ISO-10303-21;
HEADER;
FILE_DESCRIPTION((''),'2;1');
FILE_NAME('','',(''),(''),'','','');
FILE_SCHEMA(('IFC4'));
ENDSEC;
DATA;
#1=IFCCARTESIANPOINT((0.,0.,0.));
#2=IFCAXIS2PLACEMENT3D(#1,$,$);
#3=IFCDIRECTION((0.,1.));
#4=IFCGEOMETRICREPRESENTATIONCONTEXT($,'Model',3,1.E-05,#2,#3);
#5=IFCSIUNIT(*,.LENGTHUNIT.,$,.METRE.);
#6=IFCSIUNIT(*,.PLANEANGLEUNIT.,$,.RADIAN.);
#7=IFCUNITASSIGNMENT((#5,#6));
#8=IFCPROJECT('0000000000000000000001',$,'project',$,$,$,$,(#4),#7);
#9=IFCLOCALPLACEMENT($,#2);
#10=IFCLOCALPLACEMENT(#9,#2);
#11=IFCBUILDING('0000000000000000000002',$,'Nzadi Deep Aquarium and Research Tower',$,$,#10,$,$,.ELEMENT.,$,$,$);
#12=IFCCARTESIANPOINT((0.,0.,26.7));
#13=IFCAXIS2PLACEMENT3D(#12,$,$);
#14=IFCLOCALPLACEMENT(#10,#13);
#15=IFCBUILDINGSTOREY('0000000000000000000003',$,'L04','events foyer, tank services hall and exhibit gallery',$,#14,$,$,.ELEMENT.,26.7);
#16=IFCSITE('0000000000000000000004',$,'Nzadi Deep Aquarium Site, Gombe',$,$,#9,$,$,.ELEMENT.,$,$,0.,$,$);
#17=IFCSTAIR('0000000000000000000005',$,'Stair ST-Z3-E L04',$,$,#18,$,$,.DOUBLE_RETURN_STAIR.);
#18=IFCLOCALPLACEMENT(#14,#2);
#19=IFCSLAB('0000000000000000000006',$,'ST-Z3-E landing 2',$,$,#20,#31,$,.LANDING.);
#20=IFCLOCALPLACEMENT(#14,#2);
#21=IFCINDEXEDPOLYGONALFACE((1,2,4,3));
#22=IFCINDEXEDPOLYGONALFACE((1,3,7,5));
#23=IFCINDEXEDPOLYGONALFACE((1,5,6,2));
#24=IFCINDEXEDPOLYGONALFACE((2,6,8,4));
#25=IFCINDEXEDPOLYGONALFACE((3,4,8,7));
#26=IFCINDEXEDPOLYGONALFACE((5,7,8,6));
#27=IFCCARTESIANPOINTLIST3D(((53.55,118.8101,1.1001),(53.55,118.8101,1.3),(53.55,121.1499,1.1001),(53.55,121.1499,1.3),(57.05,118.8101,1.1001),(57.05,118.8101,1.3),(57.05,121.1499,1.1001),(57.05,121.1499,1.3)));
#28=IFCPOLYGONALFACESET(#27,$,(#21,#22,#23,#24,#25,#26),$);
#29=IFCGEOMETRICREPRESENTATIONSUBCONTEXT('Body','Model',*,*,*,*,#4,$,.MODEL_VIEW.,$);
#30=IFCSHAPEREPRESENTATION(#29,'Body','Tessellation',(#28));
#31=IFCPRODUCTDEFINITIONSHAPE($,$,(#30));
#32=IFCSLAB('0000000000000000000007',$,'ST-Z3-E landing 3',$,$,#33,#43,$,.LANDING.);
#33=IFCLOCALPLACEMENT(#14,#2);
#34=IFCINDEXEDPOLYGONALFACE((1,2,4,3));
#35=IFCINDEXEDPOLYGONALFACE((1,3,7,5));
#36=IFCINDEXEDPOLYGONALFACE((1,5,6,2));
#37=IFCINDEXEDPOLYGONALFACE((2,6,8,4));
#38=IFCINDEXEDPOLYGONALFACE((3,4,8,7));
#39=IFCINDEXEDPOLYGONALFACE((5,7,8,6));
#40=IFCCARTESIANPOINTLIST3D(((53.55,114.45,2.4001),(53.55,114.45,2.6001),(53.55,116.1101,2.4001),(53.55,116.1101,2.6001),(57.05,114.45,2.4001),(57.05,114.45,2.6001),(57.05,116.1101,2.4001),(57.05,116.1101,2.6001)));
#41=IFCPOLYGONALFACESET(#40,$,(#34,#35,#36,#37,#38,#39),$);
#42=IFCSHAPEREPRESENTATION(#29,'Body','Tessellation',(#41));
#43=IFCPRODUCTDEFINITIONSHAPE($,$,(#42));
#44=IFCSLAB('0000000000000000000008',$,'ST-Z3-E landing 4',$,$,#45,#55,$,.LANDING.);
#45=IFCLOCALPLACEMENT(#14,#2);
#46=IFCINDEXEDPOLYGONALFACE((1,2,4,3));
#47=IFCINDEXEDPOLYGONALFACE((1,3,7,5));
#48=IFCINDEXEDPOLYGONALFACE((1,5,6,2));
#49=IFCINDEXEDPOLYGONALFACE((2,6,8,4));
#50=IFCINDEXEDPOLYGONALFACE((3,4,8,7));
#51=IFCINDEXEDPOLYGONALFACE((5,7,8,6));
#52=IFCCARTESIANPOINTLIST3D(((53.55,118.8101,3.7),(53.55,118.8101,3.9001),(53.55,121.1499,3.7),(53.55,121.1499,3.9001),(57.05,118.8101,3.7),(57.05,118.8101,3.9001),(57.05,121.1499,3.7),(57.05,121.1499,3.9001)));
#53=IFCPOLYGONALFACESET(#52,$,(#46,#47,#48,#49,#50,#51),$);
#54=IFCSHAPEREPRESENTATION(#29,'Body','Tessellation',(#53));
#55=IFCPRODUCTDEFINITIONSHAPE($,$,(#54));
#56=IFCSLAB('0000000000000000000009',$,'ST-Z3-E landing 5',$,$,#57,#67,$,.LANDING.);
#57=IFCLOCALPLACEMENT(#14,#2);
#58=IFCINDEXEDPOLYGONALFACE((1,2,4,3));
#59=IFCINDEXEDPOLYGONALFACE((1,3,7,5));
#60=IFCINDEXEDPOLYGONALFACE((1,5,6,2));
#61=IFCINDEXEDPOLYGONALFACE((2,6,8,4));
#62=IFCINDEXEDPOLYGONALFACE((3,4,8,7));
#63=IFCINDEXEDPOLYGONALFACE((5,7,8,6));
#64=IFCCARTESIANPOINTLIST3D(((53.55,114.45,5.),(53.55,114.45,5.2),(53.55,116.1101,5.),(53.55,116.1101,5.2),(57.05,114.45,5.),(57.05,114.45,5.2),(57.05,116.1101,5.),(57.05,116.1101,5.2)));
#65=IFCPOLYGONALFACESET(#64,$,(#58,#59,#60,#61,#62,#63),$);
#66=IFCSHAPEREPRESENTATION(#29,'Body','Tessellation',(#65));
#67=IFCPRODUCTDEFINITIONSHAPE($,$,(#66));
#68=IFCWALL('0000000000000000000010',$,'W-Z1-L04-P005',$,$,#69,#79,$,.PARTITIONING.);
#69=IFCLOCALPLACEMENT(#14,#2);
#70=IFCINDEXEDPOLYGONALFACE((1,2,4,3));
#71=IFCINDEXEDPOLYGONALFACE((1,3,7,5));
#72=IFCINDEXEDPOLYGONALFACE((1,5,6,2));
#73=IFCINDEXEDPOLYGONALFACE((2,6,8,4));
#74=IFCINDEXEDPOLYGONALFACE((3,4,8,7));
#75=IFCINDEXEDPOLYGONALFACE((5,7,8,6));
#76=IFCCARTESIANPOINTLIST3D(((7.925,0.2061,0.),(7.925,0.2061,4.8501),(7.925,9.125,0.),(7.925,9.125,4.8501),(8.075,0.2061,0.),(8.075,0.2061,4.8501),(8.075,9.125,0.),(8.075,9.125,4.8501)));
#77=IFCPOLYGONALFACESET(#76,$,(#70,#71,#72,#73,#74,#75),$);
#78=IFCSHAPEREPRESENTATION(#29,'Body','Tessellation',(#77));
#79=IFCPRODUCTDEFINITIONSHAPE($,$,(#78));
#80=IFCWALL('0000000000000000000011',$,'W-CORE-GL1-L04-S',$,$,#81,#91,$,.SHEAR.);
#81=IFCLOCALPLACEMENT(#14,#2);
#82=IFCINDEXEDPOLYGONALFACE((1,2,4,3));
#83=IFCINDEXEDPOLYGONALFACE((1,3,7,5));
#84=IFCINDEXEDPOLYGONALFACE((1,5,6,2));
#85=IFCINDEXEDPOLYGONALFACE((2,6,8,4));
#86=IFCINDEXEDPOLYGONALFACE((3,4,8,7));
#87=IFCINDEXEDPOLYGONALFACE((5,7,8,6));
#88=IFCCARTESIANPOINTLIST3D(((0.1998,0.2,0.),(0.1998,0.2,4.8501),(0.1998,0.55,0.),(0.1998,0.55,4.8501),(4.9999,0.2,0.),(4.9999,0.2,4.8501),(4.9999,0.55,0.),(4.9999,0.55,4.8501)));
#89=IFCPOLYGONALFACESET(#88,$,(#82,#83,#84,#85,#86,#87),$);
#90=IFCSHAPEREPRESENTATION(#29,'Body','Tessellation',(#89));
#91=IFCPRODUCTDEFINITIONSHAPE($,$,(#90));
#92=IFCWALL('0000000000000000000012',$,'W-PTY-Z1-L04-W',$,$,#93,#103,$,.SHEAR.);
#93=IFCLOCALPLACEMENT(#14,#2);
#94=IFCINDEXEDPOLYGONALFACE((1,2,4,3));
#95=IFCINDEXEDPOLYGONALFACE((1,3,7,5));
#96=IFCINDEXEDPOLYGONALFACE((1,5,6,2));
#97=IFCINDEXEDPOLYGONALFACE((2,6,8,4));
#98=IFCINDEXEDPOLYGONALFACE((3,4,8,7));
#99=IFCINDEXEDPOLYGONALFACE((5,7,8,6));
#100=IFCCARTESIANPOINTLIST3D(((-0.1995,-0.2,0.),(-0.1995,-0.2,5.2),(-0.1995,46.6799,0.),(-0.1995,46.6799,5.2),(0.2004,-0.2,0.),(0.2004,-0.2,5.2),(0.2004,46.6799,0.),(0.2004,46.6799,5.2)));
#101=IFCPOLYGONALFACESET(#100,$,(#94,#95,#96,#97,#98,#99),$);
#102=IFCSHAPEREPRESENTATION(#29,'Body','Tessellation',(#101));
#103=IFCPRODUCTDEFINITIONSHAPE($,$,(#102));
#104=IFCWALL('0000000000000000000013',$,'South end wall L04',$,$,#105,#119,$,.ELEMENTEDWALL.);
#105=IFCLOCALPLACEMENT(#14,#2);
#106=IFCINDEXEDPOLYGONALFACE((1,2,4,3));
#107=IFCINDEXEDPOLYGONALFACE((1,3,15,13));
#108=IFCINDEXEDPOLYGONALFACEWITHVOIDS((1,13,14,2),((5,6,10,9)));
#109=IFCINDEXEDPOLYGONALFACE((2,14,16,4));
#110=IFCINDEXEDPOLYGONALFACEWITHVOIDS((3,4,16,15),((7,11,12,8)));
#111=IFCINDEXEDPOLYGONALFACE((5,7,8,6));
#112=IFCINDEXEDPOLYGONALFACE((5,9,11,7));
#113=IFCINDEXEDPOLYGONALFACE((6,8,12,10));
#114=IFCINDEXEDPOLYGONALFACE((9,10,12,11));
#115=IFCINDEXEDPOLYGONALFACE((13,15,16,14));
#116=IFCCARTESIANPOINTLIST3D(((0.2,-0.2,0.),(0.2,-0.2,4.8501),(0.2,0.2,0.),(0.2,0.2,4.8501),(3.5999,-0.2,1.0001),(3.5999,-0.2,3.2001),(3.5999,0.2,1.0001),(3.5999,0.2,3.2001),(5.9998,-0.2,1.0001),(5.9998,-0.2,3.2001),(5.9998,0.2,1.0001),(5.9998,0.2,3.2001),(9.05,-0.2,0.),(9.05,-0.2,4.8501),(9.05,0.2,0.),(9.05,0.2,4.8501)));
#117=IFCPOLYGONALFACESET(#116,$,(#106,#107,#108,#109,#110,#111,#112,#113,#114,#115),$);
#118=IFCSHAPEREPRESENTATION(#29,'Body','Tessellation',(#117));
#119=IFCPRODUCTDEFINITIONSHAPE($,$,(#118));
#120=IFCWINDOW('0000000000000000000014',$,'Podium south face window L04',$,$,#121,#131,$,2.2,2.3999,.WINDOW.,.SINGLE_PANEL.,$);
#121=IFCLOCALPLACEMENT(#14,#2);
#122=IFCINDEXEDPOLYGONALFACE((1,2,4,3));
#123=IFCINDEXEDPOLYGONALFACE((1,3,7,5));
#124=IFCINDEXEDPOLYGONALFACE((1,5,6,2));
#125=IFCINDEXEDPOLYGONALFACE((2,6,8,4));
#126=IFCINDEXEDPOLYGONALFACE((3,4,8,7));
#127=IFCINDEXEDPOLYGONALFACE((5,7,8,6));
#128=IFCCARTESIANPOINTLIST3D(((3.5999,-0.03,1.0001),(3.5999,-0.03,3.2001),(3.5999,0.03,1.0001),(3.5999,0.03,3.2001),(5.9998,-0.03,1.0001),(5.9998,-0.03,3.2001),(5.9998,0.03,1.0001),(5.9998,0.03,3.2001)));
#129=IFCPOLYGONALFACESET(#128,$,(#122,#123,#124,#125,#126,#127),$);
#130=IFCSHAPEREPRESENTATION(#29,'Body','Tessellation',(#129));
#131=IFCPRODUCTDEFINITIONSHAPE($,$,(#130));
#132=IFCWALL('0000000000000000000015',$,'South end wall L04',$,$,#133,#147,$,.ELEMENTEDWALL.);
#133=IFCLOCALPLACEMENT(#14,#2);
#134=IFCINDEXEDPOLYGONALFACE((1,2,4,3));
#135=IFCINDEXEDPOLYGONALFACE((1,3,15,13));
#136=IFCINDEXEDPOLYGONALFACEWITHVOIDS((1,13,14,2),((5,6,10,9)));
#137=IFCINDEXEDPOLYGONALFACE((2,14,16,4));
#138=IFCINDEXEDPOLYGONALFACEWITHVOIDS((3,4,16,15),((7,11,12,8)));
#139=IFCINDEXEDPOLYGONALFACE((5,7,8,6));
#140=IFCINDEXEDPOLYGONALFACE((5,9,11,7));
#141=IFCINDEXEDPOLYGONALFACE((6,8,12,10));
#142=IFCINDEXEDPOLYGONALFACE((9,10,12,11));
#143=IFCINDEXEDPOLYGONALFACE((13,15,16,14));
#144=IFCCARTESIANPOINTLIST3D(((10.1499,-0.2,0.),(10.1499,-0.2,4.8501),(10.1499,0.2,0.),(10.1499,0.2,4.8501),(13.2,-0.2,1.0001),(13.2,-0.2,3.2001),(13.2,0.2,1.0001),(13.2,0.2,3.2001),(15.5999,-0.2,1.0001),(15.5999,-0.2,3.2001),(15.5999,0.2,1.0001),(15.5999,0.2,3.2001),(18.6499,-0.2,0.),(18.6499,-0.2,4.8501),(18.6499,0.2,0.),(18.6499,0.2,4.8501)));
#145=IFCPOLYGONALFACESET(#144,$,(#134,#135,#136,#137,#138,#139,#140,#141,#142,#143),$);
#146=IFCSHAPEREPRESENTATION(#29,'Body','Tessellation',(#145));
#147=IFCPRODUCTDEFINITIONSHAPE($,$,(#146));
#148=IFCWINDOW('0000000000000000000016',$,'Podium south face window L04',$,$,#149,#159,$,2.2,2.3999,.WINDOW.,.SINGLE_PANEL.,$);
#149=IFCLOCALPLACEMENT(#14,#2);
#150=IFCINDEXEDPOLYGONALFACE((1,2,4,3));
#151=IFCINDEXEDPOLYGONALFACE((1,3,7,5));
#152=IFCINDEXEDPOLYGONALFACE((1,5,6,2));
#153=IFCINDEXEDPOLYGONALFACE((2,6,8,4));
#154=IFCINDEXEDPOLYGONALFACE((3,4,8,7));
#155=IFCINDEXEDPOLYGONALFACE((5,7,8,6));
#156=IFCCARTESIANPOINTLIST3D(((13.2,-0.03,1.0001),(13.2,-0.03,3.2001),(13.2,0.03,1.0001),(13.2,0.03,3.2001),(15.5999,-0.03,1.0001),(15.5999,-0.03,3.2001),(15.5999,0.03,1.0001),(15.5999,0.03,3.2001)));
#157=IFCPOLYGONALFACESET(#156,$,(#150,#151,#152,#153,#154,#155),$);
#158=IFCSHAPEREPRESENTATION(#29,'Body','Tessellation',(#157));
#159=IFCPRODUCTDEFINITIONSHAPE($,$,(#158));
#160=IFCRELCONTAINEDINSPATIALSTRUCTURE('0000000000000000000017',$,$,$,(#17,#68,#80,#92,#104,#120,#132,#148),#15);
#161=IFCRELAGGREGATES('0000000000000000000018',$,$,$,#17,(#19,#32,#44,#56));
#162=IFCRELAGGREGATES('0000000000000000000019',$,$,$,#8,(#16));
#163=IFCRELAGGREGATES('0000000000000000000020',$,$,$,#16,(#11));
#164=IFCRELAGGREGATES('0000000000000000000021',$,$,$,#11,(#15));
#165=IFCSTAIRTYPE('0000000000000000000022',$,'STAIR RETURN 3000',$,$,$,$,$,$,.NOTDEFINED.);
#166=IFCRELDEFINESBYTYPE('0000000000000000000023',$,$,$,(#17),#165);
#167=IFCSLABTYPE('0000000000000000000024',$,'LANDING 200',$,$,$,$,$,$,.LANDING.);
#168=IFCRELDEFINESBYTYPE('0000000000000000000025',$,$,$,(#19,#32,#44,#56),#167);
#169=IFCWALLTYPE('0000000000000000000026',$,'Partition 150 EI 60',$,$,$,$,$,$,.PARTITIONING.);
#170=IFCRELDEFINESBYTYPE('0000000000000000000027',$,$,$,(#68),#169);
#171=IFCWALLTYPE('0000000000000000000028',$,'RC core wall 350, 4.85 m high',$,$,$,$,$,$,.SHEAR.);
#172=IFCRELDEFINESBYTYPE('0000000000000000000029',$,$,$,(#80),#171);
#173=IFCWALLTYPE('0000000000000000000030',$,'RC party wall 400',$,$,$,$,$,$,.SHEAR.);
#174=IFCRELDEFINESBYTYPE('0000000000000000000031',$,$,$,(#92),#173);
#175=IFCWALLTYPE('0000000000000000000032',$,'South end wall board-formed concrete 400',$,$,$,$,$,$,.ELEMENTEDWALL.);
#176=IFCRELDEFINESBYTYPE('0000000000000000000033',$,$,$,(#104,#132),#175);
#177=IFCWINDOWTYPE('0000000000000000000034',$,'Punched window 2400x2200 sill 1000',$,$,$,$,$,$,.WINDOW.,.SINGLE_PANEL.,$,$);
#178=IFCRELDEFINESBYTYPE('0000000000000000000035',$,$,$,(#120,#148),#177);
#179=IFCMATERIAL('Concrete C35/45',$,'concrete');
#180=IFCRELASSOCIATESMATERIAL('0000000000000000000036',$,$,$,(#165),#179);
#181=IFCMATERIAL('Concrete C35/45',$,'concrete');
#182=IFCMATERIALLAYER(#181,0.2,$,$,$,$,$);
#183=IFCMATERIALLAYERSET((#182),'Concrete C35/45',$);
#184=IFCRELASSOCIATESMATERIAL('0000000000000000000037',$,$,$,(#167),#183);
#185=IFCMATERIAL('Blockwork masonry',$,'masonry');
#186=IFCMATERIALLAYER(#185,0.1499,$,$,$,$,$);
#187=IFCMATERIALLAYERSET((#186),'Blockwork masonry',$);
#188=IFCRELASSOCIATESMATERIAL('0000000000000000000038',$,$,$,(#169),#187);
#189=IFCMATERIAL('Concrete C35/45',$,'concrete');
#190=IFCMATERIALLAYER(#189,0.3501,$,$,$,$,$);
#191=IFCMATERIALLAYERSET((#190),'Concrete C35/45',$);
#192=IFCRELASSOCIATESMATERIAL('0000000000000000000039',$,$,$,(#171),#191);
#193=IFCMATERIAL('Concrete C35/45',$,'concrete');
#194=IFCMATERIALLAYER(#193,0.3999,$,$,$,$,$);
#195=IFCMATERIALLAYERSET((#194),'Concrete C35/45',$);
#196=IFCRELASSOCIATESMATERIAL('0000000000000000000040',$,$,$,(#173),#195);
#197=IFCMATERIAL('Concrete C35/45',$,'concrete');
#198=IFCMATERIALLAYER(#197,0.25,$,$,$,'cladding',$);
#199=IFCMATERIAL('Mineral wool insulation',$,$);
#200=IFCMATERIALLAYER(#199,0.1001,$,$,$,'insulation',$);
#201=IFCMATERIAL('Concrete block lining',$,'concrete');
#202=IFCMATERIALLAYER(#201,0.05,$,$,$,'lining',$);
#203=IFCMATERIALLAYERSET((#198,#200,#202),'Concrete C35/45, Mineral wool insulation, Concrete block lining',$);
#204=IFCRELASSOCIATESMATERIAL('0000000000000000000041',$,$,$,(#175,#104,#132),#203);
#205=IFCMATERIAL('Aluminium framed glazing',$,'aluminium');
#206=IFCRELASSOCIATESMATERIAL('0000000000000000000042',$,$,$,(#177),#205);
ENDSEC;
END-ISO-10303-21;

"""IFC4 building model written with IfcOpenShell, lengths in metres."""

from ifc_helpers import new_model, si_unit, direction, frame, frame_2d, origin, place, context, subcontext, project, spatial, polyline, rectangle, outline, extrude, material, layer, layer_set, layer_usage, type_object, element, fill, aggregate, save


model = new_model("IFC4")

# Units and contexts
model_context = context("Model", 3, precision=1e-05, world=origin(), true_north=direction((0.0, 1.0)))
body_context = subcontext(model_context, "Body", "Model", "MODEL_VIEW")
ifc_project = project(units=[si_unit("LENGTHUNIT", "METRE"), si_unit("PLANEANGLEUNIT", "RADIAN")], contexts=[model_context])

# Site, building, storey
site_placement = place(None, origin())
site = spatial("IfcSite", under=ifc_project, at=site_placement, Name="Nzadi Deep Aquarium Site, Gombe", CompositionType="ELEMENT", RefElevation=0.0)
building_placement = place(site_placement, origin())
building = spatial("IfcBuilding", under=site, at=building_placement, Name="Nzadi Deep Aquarium and Research Tower", CompositionType="ELEMENT")
storey_placement = place(building_placement, frame((0.0, 0.0, 26.7)))
storey = spatial("IfcBuildingStorey", under=building, at=storey_placement, Name="L04", Description="events foyer, tank services hall and exhibit gallery", CompositionType="ELEMENT", Elevation=26.7)

# Stair, slabs
ifc_material_1 = material(Name="Concrete C35/45", Category="concrete")
stair_type = type_object("IfcStairType", Name="STAIR RETURN 3000", PredefinedType="NOTDEFINED", material=ifc_material_1)
ifc_material_2 = material(Name="Concrete C35/45", Category="concrete")
ifc_layer_1 = layer(ifc_material_2, 0.2)
ifc_layer_set_1 = layer_set([ifc_layer_1], Name="Concrete C35/45")
slab_type = type_object("IfcSlabType", Name="LANDING 200", PredefinedType="LANDING", material=ifc_layer_set_1)
stair_1_placement = place(storey_placement, origin())
stair_1 = element("IfcStair", 1, at=stair_1_placement, inside=storey, type_object=stair_type, Name="Stair ST-Z3-E L04", PredefinedType="DOUBLE_RETURN_STAIR")
slab_1_placement = place(storey_placement, frame((0.0, 0.0, 1.1001)))
slab_1 = element("IfcSlab", 2, at=slab_1_placement, type_object=slab_type, Name="ST-Z3-E landing 2", PredefinedType="LANDING", context=body_context, shape_type="SweptSolid", body=[
    extrude(outline(polyline([(57.05, 121.1499), (53.55, 121.1499), (53.55, 118.8101), (57.05, 118.8101), (57.05, 121.1499)])), origin(), (0.0, 0.0, 1.0), 0.2),
])
slab_2_placement = place(storey_placement, frame((0.0, 0.0, 2.4001)))
slab_2 = element("IfcSlab", 3, at=slab_2_placement, type_object=slab_type, Name="ST-Z3-E landing 3", PredefinedType="LANDING", context=body_context, shape_type="SweptSolid", body=[
    extrude(outline(polyline([(57.05, 116.1101), (53.55, 116.1101), (53.55, 114.45), (57.05, 114.45), (57.05, 116.1101)])), origin(), (0.0, 0.0, 1.0), 0.2),
])
slab_3_placement = place(storey_placement, frame((0.0, 0.0, 3.7)))
slab_3 = element("IfcSlab", 4, at=slab_3_placement, type_object=slab_type, Name="ST-Z3-E landing 4", PredefinedType="LANDING", context=body_context, shape_type="SweptSolid", body=[
    extrude(outline(polyline([(57.05, 121.1499), (53.55, 121.1499), (53.55, 118.8101), (57.05, 118.8101), (57.05, 121.1499)])), origin(), (0.0, 0.0, 1.0), 0.2002),
])
slab_4_placement = place(storey_placement, frame((0.0, 0.0, 5.0)))
slab_4 = element("IfcSlab", 5, at=slab_4_placement, type_object=slab_type, Name="ST-Z3-E landing 5", PredefinedType="LANDING", context=body_context, shape_type="SweptSolid", body=[
    extrude(outline(polyline([(57.05, 116.1101), (53.55, 116.1101), (53.55, 114.45), (57.05, 114.45), (57.05, 116.1101)])), origin(), (0.0, 0.0, 1.0), 0.2),
])
aggregate(stair_1, [slab_1, slab_2, slab_3, slab_4])

# Walls
ifc_material_3 = material(Name="Blockwork masonry", Category="masonry")
ifc_layer_2 = layer(ifc_material_3, 0.1499)
ifc_layer_set_2 = layer_set([ifc_layer_2], Name="Blockwork masonry")
wall_type_1 = type_object("IfcWallType", Name="Partition 150 EI 60", PredefinedType="PARTITIONING", material=ifc_layer_set_2)
wall_1_placement = place(storey_placement, frame((8.0, 0.2061, 0.0), z_axis=(0.0, 0.0, 1.0), x_axis=(0.0, 1.0, 0.0)))
element("IfcWall", 6, at=wall_1_placement, inside=storey, type_object=wall_type_1, Name="W-Z1-L04-P005", PredefinedType="PARTITIONING", context=body_context, shape_type="SweptSolid", body=[
    extrude(rectangle(XDim=8.9189, YDim=0.1499, at=frame_2d((4.4595, 0.0))), origin(), (0.0, 0.0, 1.0), 4.8501),
])
ifc_material_4 = material(Name="Concrete C35/45", Category="concrete")
ifc_layer_3 = layer(ifc_material_4, 0.3501)
ifc_layer_set_3 = layer_set([ifc_layer_3], Name="Concrete C35/45")
wall_type_2 = type_object("IfcWallType", Name="RC core wall 350, 4.85 m high", PredefinedType="SHEAR", material=ifc_layer_set_3)
wall_2_placement = place(storey_placement, frame((0.2, 0.375, 0.0), z_axis=(0.0, 0.0, 1.0), x_axis=(1.0, 0.0, 0.0)))
element("IfcWall", 7, at=wall_2_placement, inside=storey, type_object=wall_type_2, Name="W-CORE-GL1-L04-S", PredefinedType="SHEAR", context=body_context, shape_type="SweptSolid", body=[
    extrude(rectangle(XDim=4.8, YDim=0.3501, at=frame_2d((2.3999, 0.0))), origin(), (0.0, 0.0, 1.0), 4.8501),
])
ifc_material_5 = material(Name="Concrete C35/45", Category="concrete")
ifc_layer_4 = layer(ifc_material_5, 0.3999)
ifc_layer_set_4 = layer_set([ifc_layer_4], Name="Concrete C35/45")
wall_type_3 = type_object("IfcWallType", Name="RC party wall 400", PredefinedType="SHEAR", material=ifc_layer_set_4)
wall_3_placement = place(storey_placement, frame((0.0005, -0.2, 0.0), z_axis=(0.0, 0.0, 1.0), x_axis=(0.0, 1.0, 0.0)))
element("IfcWall", 8, at=wall_3_placement, inside=storey, type_object=wall_type_3, Name="W-PTY-Z1-L04-W", PredefinedType="SHEAR", context=body_context, shape_type="SweptSolid", body=[
    extrude(rectangle(XDim=46.8799, YDim=0.3999, at=frame_2d((23.4399, 0.0))), origin(), (0.0, 0.0, 1.0), 5.2),
])

# Walls, openings, windows
ifc_material_6 = material(Name="Concrete C35/45", Category="concrete")
ifc_layer_5 = layer(ifc_material_6, 0.25, Category="cladding")
ifc_material_7 = material(Name="Mineral wool insulation")
ifc_layer_6 = layer(ifc_material_7, 0.1001, Category="insulation")
ifc_material_8 = material(Name="Concrete block lining", Category="concrete")
ifc_layer_7 = layer(ifc_material_8, 0.05, Category="lining")
ifc_layer_set_5 = layer_set([ifc_layer_5, ifc_layer_6, ifc_layer_7], Name="Concrete C35/45, Mineral wool insulation, Concrete block lining")
ifc_layer_usage_1 = layer_usage(ifc_layer_set_5, "AXIS2", "POSITIVE", -0.2)
wall_type_4 = type_object("IfcWallType", Name="South end wall board-formed concrete 400", PredefinedType="ELEMENTEDWALL", material=ifc_layer_set_5)
wall_4_placement = place(storey_placement, frame((0.2, 0.0, 0.0), z_axis=(0.0, 0.0, 1.0), x_axis=(1.0, 0.0, 0.0)))
wall_4 = element("IfcWall", 9, at=wall_4_placement, inside=storey, type_object=wall_type_4, material=ifc_layer_usage_1, Name="South end wall L04", PredefinedType="ELEMENTEDWALL", context=body_context, shape_type="SweptSolid", body=[
    extrude(rectangle(XDim=8.8501, YDim=0.3999, at=frame_2d((4.425, 0.0))), origin(), (0.0, 0.0, 1.0), 4.8501),
])
opening_1_placement = place(wall_4_placement, frame((3.3999, 0.0, 1.0)))
opening_1 = element("IfcOpeningElement", 10, at=opening_1_placement, cuts=wall_4, PredefinedType="OPENING", context=body_context, shape_type="SweptSolid", body=[
    extrude(rectangle(XDim=2.3999, YDim=2.2, at=frame_2d((1.2, 1.1001))), frame((0.0, 0.21, 0.0), z_axis=(0.0, -1.0, 0.0), x_axis=(1.0, 0.0, 0.0)), (0.0, 0.0, 1.0), 0.4199),
])
ifc_material_9 = material(Name="Aluminium framed glazing", Category="aluminium")
window_type = type_object("IfcWindowType", Name="Punched window 2400x2200 sill 1000", PartitioningType="SINGLE_PANEL", PredefinedType="WINDOW", material=ifc_material_9)
window_1_placement = place(opening_1_placement, origin())
window_1 = element("IfcWindow", 11, at=window_1_placement, inside=storey, type_object=window_type, Name="Podium south face window L04", OverallHeight=2.2, OverallWidth=2.3999, PartitioningType="SINGLE_PANEL", PredefinedType="WINDOW", context=body_context, shape_type="SweptSolid", body=[
    extrude(rectangle(XDim=2.3999, YDim=2.2, at=frame_2d((1.2, 1.1001))), frame((0.0, 0.03, 0.0), z_axis=(0.0, -1.0, 0.0), x_axis=(1.0, 0.0, 0.0)), (0.0, 0.0, 1.0), 0.0601),
])
fill(opening_1, window_1)
ifc_layer_usage_2 = layer_usage(ifc_layer_set_5, "AXIS2", "POSITIVE", -0.2)
wall_5_placement = place(storey_placement, frame((10.1499, 0.0, 0.0), z_axis=(0.0, 0.0, 1.0), x_axis=(1.0, 0.0, 0.0)))
wall_5 = element("IfcWall", 12, at=wall_5_placement, inside=storey, type_object=wall_type_4, material=ifc_layer_usage_2, Name="South end wall L04", PredefinedType="ELEMENTEDWALL", context=body_context, shape_type="SweptSolid", body=[
    extrude(rectangle(XDim=8.5, YDim=0.3999, at=frame_2d((4.25, 0.0))), origin(), (0.0, 0.0, 1.0), 4.8501),
])
opening_2_placement = place(wall_5_placement, frame((3.05, 0.0, 1.0)))
opening_2 = element("IfcOpeningElement", 13, at=opening_2_placement, cuts=wall_5, PredefinedType="OPENING", context=body_context, shape_type="SweptSolid", body=[
    extrude(rectangle(XDim=2.3999, YDim=2.2, at=frame_2d((1.2, 1.1001))), frame((0.0, 0.21, 0.0), z_axis=(0.0, -1.0, 0.0), x_axis=(1.0, 0.0, 0.0)), (0.0, 0.0, 1.0), 0.4199),
])
window_2_placement = place(opening_2_placement, origin())
window_2 = element("IfcWindow", 14, at=window_2_placement, inside=storey, type_object=window_type, Name="Podium south face window L04", OverallHeight=2.2, OverallWidth=2.3999, PartitioningType="SINGLE_PANEL", PredefinedType="WINDOW", context=body_context, shape_type="SweptSolid", body=[
    extrude(rectangle(XDim=2.3999, YDim=2.2, at=frame_2d((1.2, 1.1001))), frame((0.0, 0.03, 0.0), z_axis=(0.0, -1.0, 0.0), x_axis=(1.0, 0.0, 0.0)), (0.0, 0.0, 1.0), 0.0601),
])
fill(opening_2, window_2)

save(model, "model.ifc")
